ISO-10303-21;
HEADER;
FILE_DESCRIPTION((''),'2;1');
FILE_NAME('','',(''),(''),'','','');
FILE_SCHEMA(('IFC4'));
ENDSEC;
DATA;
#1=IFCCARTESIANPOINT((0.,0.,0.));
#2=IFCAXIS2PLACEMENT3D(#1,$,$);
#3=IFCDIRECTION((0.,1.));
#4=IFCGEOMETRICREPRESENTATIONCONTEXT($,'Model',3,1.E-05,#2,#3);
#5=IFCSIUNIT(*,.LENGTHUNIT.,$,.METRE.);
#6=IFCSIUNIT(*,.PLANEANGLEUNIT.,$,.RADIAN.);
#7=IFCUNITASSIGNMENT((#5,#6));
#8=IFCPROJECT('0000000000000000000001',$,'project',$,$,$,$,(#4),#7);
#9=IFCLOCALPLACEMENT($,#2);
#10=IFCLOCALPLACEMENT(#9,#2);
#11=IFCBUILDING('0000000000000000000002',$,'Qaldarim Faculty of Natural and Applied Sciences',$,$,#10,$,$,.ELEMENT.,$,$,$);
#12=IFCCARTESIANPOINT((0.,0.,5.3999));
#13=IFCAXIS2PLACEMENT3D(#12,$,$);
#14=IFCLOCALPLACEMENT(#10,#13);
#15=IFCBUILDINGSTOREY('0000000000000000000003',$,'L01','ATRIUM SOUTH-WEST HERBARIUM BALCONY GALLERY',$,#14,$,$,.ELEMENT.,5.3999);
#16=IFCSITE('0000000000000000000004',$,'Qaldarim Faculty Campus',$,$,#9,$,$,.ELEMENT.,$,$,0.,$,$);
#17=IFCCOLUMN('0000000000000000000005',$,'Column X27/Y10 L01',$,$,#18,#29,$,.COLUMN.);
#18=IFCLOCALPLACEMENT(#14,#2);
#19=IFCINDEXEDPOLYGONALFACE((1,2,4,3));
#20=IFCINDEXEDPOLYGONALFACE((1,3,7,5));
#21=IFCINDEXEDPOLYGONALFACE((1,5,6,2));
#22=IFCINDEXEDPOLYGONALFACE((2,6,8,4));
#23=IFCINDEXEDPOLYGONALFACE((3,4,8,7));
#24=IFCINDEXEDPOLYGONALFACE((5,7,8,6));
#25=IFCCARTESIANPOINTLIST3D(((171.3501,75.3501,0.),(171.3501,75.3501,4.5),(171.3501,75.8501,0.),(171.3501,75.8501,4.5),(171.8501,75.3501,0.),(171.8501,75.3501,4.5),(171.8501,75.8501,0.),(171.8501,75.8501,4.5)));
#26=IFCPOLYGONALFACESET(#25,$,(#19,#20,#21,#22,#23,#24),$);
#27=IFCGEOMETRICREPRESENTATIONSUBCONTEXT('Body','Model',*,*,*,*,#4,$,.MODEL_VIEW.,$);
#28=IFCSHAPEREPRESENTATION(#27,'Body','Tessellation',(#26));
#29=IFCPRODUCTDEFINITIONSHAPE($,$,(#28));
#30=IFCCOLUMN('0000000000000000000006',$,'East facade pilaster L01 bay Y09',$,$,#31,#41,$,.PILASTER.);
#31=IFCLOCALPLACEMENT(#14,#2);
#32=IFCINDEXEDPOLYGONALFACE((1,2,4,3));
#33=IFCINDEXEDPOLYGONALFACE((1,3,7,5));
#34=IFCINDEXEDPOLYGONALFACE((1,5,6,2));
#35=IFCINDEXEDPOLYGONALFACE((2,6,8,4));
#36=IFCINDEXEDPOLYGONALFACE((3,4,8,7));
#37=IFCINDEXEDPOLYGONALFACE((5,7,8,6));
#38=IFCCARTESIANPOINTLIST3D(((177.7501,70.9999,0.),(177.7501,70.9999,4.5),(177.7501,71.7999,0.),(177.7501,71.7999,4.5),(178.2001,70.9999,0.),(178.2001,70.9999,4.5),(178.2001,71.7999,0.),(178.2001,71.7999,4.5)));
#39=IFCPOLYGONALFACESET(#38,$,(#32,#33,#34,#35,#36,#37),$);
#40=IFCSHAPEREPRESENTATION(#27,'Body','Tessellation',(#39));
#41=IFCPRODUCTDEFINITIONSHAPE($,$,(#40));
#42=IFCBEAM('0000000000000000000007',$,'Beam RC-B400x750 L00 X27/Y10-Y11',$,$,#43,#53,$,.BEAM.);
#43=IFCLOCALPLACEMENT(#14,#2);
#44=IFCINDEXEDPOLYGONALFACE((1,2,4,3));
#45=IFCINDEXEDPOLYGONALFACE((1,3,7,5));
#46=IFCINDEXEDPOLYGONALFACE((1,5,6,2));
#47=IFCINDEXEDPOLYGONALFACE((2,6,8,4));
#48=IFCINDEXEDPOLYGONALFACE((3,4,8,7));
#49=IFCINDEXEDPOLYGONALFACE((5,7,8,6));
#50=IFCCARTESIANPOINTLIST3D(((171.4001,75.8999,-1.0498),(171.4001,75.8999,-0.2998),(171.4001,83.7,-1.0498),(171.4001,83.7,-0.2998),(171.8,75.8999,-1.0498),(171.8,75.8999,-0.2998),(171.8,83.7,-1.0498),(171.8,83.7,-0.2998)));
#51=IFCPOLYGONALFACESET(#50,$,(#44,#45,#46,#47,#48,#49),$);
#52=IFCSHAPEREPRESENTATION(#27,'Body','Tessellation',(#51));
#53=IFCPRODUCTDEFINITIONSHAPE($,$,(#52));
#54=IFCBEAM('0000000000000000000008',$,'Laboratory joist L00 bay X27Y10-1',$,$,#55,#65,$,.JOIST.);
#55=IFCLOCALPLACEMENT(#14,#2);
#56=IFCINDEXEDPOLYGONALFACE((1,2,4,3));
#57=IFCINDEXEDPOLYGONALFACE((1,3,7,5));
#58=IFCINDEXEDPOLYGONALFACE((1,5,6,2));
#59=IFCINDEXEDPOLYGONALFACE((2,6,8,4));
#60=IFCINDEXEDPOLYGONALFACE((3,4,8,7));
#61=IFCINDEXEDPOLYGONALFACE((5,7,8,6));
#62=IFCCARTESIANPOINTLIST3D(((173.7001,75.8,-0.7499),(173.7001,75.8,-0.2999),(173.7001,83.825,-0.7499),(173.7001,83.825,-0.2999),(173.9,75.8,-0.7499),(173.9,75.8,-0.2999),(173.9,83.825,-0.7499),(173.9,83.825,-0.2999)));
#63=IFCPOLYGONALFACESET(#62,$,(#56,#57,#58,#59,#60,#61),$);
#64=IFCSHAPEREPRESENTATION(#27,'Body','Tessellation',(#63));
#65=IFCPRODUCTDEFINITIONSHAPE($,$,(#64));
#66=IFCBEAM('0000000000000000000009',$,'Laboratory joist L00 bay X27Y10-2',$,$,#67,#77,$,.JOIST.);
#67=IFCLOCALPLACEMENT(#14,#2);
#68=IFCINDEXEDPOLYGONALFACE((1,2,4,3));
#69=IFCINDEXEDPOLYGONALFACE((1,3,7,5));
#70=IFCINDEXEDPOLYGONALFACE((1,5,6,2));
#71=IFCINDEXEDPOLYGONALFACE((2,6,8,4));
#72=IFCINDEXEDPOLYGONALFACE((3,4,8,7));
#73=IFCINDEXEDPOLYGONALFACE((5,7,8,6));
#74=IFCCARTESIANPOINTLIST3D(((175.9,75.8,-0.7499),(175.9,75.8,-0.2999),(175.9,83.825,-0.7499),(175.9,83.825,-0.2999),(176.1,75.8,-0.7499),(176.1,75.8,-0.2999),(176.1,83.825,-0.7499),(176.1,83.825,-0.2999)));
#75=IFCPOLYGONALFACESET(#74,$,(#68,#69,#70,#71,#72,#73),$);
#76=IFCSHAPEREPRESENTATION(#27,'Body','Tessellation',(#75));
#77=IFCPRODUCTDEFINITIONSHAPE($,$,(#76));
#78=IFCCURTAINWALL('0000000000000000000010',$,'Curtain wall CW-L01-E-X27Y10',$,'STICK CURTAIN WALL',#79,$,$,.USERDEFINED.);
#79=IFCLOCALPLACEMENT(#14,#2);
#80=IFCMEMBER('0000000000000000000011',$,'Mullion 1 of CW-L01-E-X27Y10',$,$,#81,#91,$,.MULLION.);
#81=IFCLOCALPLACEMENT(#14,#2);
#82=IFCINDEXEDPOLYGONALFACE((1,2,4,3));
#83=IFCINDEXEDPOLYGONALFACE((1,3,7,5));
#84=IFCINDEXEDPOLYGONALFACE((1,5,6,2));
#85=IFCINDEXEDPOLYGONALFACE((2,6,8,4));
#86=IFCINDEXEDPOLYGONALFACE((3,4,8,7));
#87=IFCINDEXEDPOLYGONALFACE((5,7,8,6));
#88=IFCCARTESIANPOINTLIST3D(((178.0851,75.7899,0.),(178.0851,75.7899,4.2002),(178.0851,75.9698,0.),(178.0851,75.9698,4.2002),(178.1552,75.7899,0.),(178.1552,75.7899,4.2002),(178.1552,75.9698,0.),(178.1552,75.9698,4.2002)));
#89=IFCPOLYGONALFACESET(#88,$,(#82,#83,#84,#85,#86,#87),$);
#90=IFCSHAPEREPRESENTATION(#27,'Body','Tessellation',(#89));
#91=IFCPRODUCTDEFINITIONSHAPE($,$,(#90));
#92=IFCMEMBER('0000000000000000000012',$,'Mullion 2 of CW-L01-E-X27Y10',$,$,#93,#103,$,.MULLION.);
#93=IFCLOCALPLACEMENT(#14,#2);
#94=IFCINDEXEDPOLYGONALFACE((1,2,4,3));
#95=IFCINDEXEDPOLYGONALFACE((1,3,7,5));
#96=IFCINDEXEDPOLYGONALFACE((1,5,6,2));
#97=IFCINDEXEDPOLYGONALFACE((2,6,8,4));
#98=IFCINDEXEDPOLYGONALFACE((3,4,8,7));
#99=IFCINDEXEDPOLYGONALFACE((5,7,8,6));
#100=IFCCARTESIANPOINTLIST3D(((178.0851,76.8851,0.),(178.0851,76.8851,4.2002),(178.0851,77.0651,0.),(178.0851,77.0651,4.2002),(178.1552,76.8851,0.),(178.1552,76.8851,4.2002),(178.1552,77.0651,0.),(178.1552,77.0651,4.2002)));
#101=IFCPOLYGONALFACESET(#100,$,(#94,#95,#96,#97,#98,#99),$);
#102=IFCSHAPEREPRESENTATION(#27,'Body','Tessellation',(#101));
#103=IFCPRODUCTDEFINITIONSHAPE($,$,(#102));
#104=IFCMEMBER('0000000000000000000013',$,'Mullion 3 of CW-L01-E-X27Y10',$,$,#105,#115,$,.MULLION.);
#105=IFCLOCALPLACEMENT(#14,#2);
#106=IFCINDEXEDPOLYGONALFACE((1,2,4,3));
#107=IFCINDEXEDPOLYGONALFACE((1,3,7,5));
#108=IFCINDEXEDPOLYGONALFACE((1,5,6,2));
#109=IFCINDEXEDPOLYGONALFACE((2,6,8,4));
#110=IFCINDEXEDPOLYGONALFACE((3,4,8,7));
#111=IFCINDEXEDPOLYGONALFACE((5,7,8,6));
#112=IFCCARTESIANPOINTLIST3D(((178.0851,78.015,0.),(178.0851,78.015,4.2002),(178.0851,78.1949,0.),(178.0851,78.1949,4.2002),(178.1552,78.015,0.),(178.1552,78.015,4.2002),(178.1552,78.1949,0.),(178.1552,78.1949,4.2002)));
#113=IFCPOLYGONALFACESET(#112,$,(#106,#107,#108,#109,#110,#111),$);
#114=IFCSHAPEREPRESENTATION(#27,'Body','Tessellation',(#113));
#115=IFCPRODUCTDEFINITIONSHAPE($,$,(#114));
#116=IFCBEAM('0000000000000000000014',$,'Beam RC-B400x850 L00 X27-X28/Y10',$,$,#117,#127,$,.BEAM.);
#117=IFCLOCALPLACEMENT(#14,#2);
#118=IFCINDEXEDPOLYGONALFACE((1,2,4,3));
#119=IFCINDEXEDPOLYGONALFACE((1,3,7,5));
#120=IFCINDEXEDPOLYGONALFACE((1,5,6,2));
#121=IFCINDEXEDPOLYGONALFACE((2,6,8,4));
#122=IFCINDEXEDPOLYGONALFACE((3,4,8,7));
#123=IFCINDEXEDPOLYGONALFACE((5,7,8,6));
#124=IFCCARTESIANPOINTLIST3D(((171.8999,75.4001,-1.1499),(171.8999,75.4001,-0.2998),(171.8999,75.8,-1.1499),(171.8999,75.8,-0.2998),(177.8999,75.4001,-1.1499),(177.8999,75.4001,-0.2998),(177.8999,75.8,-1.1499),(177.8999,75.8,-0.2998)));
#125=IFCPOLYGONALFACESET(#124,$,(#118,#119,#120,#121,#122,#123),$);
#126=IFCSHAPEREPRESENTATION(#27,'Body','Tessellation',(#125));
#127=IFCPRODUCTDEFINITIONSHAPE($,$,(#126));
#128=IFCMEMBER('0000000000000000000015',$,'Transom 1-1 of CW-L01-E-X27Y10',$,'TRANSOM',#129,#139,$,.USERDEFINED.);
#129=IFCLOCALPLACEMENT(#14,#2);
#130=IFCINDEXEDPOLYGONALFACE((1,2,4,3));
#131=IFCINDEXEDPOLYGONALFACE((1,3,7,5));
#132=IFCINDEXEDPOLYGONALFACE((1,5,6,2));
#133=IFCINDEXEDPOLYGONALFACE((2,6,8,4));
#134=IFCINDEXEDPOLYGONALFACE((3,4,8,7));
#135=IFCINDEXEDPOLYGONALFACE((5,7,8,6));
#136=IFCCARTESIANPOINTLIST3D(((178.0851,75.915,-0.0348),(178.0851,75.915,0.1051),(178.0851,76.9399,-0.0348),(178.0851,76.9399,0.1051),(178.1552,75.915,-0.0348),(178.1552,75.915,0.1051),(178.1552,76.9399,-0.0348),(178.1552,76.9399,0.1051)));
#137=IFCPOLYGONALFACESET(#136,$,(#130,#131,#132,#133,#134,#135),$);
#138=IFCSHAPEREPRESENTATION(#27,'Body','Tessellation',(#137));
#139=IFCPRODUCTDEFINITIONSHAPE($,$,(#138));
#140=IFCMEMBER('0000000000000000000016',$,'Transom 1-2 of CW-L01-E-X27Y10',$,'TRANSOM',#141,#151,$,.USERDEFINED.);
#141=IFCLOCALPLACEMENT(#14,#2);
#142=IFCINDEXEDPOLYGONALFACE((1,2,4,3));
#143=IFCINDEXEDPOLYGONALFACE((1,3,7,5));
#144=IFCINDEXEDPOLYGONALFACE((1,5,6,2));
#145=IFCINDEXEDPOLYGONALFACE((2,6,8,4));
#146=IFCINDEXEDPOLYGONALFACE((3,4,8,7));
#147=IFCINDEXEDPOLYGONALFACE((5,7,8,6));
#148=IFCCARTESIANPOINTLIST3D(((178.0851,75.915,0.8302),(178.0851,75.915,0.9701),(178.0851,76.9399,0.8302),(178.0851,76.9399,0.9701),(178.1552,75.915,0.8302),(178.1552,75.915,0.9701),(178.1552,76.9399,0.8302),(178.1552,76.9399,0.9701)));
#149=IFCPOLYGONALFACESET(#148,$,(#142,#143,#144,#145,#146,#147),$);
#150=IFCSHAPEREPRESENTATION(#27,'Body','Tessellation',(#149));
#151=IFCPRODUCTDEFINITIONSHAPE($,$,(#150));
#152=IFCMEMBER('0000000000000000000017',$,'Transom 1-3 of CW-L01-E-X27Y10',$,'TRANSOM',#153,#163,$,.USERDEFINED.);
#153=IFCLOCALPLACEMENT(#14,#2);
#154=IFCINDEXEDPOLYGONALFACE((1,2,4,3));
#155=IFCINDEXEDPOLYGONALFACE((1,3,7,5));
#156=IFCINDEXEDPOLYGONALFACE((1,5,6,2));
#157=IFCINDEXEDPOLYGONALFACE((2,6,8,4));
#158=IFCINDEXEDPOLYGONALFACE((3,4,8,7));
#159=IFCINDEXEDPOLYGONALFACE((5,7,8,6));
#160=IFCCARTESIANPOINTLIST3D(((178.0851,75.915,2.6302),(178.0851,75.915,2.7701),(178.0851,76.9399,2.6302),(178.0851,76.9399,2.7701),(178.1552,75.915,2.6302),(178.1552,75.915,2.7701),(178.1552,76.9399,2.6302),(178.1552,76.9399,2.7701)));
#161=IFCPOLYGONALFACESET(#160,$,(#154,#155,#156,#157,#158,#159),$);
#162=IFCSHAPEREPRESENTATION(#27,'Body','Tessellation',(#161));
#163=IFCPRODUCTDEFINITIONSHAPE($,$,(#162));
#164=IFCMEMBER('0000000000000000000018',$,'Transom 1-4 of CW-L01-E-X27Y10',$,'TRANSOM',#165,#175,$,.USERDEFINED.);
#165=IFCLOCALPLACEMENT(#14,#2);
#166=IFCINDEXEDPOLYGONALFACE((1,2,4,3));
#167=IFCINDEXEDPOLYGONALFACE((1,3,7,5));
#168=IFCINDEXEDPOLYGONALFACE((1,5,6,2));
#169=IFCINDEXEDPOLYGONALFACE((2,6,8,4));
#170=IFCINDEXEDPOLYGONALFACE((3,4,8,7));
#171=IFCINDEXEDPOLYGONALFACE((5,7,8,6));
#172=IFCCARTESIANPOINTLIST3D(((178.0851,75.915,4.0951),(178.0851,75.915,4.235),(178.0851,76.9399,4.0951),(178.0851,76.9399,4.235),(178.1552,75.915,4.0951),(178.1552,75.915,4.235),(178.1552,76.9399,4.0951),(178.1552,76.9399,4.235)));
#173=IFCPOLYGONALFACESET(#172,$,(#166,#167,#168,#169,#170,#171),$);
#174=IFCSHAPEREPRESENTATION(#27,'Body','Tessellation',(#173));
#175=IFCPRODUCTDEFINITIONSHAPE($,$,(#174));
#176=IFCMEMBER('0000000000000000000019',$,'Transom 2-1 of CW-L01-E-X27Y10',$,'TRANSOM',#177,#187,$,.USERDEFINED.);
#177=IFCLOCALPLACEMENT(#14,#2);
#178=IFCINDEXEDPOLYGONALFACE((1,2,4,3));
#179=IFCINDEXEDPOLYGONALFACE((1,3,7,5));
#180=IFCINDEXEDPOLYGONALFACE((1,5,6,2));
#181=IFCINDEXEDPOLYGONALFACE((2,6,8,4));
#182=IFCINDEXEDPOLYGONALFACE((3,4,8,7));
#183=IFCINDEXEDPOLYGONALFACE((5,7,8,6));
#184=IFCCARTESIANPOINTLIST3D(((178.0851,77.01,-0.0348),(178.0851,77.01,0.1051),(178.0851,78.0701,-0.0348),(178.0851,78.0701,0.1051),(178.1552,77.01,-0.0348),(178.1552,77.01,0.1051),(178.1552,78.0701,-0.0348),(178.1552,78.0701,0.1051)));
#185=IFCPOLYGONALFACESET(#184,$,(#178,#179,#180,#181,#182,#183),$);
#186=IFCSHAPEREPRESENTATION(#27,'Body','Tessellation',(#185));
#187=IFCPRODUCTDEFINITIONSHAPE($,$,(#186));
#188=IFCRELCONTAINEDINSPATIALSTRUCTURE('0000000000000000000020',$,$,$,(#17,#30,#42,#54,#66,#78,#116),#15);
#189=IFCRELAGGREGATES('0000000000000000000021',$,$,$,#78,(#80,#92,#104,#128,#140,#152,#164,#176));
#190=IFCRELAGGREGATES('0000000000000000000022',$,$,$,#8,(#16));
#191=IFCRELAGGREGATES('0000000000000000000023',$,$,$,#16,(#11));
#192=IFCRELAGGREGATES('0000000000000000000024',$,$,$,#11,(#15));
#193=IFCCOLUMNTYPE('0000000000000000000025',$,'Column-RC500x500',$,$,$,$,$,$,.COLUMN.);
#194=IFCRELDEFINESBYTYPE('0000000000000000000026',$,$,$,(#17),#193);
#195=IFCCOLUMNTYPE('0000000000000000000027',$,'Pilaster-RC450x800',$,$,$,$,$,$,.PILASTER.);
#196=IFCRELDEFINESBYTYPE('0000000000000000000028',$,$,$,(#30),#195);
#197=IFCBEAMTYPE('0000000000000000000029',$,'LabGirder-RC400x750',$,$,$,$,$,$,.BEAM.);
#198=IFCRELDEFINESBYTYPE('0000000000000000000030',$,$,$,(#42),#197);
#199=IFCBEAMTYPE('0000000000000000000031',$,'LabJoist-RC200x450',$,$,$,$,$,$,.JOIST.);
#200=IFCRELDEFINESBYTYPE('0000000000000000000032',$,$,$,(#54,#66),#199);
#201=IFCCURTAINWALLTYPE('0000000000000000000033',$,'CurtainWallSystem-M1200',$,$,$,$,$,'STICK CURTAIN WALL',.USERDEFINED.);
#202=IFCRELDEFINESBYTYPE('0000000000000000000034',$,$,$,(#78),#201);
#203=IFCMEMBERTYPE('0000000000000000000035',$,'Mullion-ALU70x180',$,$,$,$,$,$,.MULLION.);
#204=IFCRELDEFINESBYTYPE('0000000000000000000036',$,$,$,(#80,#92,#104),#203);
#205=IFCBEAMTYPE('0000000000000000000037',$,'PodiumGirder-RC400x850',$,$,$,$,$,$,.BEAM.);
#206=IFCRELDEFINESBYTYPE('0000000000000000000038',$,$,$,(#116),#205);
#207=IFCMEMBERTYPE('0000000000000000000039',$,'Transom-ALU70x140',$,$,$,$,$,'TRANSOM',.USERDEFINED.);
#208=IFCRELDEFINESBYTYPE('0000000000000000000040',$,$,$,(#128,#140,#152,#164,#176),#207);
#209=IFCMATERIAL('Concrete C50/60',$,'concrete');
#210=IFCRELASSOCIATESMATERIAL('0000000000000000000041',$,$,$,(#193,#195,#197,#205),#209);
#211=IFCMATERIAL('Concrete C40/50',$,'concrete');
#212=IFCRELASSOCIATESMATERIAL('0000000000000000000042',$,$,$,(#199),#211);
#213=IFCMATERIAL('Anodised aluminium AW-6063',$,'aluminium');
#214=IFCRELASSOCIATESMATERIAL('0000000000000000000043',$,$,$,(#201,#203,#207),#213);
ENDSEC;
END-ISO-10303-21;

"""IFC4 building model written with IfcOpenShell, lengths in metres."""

from ifc_helpers import new_model, si_unit, direction, frame, origin, origin_2d, place, context, subcontext, project, spatial, rectangle, extrude, material, material_profile, profile_set, type_object, element, aggregate, save


model = new_model("IFC4")

# Units and contexts
model_context = context("Model", 3, precision=1e-05, world=origin(), true_north=direction((0.0, 1.0)))
body_context = subcontext(model_context, "Body", "Model", "MODEL_VIEW")
ifc_project = project(units=[si_unit("LENGTHUNIT", "METRE"), si_unit("PLANEANGLEUNIT", "RADIAN")], contexts=[model_context])

# Site, building, storey
site_placement = place(None, origin())
site = spatial("IfcSite", under=ifc_project, at=site_placement, Name="Qaldarim Faculty Campus", CompositionType="ELEMENT", RefElevation=0.0)
building_placement = place(site_placement, origin())
building = spatial("IfcBuilding", under=site, at=building_placement, Name="Qaldarim Faculty of Natural and Applied Sciences", CompositionType="ELEMENT")
storey_placement = place(building_placement, frame((0.0, 0.0, 5.3999)))
storey = spatial("IfcBuildingStorey", under=building, at=storey_placement, Name="L01", Description="ATRIUM SOUTH-WEST HERBARIUM BALCONY GALLERY", CompositionType="ELEMENT", Elevation=5.3999)

# Columns
ifc_material_1 = material(Name="Concrete C50/60", Category="concrete")
ifc_material_profile_1 = material_profile(ifc_material_1, rectangle(XDim=0.5, YDim=0.5, at=origin_2d()), Name="RC-C500x500")
ifc_profile_set_1 = profile_set([ifc_material_profile_1], Name="Concrete C50/60")
column_type_1 = type_object("IfcColumnType", Name="Column-RC500x500", PredefinedType="COLUMN", material=ifc_profile_set_1)
column_1_placement = place(storey_placement, frame((171.6001, 75.6001, 0.0), z_axis=(0.0, 0.0, 1.0), x_axis=(1.0, 0.0, 0.0)))
element("IfcColumn", 1, at=column_1_placement, inside=storey, type_object=column_type_1, Name="Column X27/Y10 L01", PredefinedType="COLUMN", context=body_context, shape_type="SweptSolid", body=[
    extrude(rectangle(XDim=0.5, YDim=0.5, at=origin_2d()), origin(), (0.0, 0.0, 1.0), 4.5),
])
ifc_material_profile_2 = material_profile(ifc_material_1, rectangle(XDim=0.45, YDim=0.8, at=origin_2d()), Name="RC-C450x800")
ifc_profile_set_2 = profile_set([ifc_material_profile_2], Name="Concrete C50/60")
column_type_2 = type_object("IfcColumnType", Name="Pilaster-RC450x800", PredefinedType="PILASTER", material=ifc_profile_set_2)
column_2_placement = place(storey_placement, frame((177.9751, 71.3999, 0.0), z_axis=(0.0, 0.0, 1.0), x_axis=(1.0, 0.0, 0.0)))
element("IfcColumn", 2, at=column_2_placement, inside=storey, type_object=column_type_2, Name="East facade pilaster L01 bay Y09", PredefinedType="PILASTER", context=body_context, shape_type="SweptSolid", body=[
    extrude(rectangle(XDim=0.45, YDim=0.8, at=origin_2d()), origin(), (0.0, 0.0, 1.0), 4.5),
])

# Beams
ifc_material_profile_3 = material_profile(ifc_material_1, rectangle(XDim=0.3999, YDim=0.75, at=origin_2d()), Name="RC-B400x750")
ifc_profile_set_3 = profile_set([ifc_material_profile_3], Name="Concrete C50/60")
beam_type_1 = type_object("IfcBeamType", Name="LabGirder-RC400x750", PredefinedType="BEAM", material=ifc_profile_set_3)
beam_1_placement = place(storey_placement, frame((171.6001, 75.8999, -0.6748), z_axis=(0.0, 1.0, 0.0), x_axis=(-1.0, 0.0, 0.0)))
element("IfcBeam", 3, at=beam_1_placement, inside=storey, type_object=beam_type_1, Name="Beam RC-B400x750 L00 X27/Y10-Y11", PredefinedType="BEAM", context=body_context, shape_type="SweptSolid", body=[
    extrude(rectangle(XDim=0.3999, YDim=0.75, at=origin_2d()), origin(), (0.0, 0.0, 1.0), 7.8),
])
ifc_material_2 = material(Name="Concrete C40/50", Category="concrete")
ifc_material_profile_4 = material_profile(ifc_material_2, rectangle(XDim=0.2, YDim=0.45, at=origin_2d()), Name="RC-J200x450")
ifc_profile_set_4 = profile_set([ifc_material_profile_4], Name="Concrete C40/50")
beam_type_2 = type_object("IfcBeamType", Name="LabJoist-RC200x450", PredefinedType="JOIST", material=ifc_profile_set_4)
for number, where, z_axis, x_axis, name in (
    (4, (173.8, 75.8, -0.5249), (0.0, 1.0, 0.0), (-1.0, 0.0, 0.0), "Laboratory joist L00 bay X27Y10-1"),
    (5, (176.0, 75.8, -0.5249), (0.0, 1.0, 0.0), (-1.0, 0.0, 0.0), "Laboratory joist L00 bay X27Y10-2"),
):
    element("IfcBeam", number, at=place(storey_placement, frame(where, z_axis=z_axis, x_axis=x_axis)), inside=storey, type_object=beam_type_2, Name=name, PredefinedType="JOIST", context=body_context, shape_type="SweptSolid", body=[
        extrude(rectangle(XDim=0.2, YDim=0.45, at=origin_2d()), origin(), (0.0, 0.0, 1.0), 8.0249),
    ])

# Curtain wall, members
ifc_material_3 = material(Name="Anodised aluminium AW-6063", Category="aluminium")
curtain_wall_type = type_object("IfcCurtainWallType", Name="CurtainWallSystem-M1200", ElementType="STICK CURTAIN WALL", PredefinedType="USERDEFINED", material=ifc_material_3)
curtain_wall_placement = place(storey_placement, origin())
curtain_wall = element("IfcCurtainWall", 6, at=curtain_wall_placement, inside=storey, type_object=curtain_wall_type, Name="Curtain wall CW-L01-E-X27Y10", ObjectType="STICK CURTAIN WALL", PredefinedType="USERDEFINED")
ifc_material_profile_5 = material_profile(ifc_material_3, rectangle(XDim=0.0701, YDim=0.1799, at=origin_2d()), Name="ALU-M70x180")
ifc_profile_set_5 = profile_set([ifc_material_profile_5], Name="Anodised aluminium AW-6063")
member_type_1 = type_object("IfcMemberType", Name="Mullion-ALU70x180", PredefinedType="MULLION", material=ifc_profile_set_5)
member_1_placement = place(storey_placement, frame((178.1201, 75.8799, 0.0), z_axis=(0.0, 0.0, 1.0), x_axis=(-1.0, 0.0, 0.0)))
member_1 = element("IfcMember", 7, at=member_1_placement, type_object=member_type_1, Name="Mullion 1 of CW-L01-E-X27Y10", PredefinedType="MULLION", context=body_context, shape_type="SweptSolid", body=[
    extrude(rectangle(XDim=0.0701, YDim=0.1799, at=origin_2d()), origin(), (0.0, 0.0, 1.0), 4.2002),
])
member_2_placement = place(storey_placement, frame((178.1201, 76.9751, 0.0), z_axis=(0.0, 0.0, 1.0), x_axis=(-1.0, 0.0, 0.0)))
member_2 = element("IfcMember", 8, at=member_2_placement, type_object=member_type_1, Name="Mullion 2 of CW-L01-E-X27Y10", PredefinedType="MULLION", context=body_context, shape_type="SweptSolid", body=[
    extrude(rectangle(XDim=0.0701, YDim=0.1799, at=origin_2d()), origin(), (0.0, 0.0, 1.0), 4.2002),
])
member_3_placement = place(storey_placement, frame((178.1201, 78.105, 0.0), z_axis=(0.0, 0.0, 1.0), x_axis=(-1.0, 0.0, 0.0)))
member_3 = element("IfcMember", 9, at=member_3_placement, type_object=member_type_1, Name="Mullion 3 of CW-L01-E-X27Y10", PredefinedType="MULLION", context=body_context, shape_type="SweptSolid", body=[
    extrude(rectangle(XDim=0.0701, YDim=0.1799, at=origin_2d()), origin(), (0.0, 0.0, 1.0), 4.2002),
])

# Beam
ifc_material_profile_6 = material_profile(ifc_material_1, rectangle(XDim=0.3999, YDim=0.8501, at=origin_2d()), Name="RC-B400x850")
ifc_profile_set_6 = profile_set([ifc_material_profile_6], Name="Concrete C50/60")
beam_type_3 = type_object("IfcBeamType", Name="PodiumGirder-RC400x850", PredefinedType="BEAM", material=ifc_profile_set_6)
beam_2_placement = place(storey_placement, frame((171.8999, 75.6001, -0.7249), z_axis=(1.0, 0.0, 0.0), x_axis=(0.0, 1.0, 0.0)))
element("IfcBeam", 10, at=beam_2_placement, inside=storey, type_object=beam_type_3, Name="Beam RC-B400x850 L00 X27-X28/Y10", PredefinedType="BEAM", context=body_context, shape_type="SweptSolid", body=[
    extrude(rectangle(XDim=0.3999, YDim=0.8501, at=origin_2d()), origin(), (0.0, 0.0, 1.0), 6.0),
])

# Members
ifc_material_profile_7 = material_profile(ifc_material_3, rectangle(XDim=0.0701, YDim=0.1399, at=origin_2d()), Name="ALU-T70x140")
ifc_profile_set_7 = profile_set([ifc_material_profile_7], Name="Anodised aluminium AW-6063")
member_type_2 = type_object("IfcMemberType", Name="Transom-ALU70x140", ElementType="TRANSOM", PredefinedType="USERDEFINED", material=ifc_profile_set_7)
member_4_placement = place(storey_placement, frame((178.1201, 75.915, 0.0352), z_axis=(0.0, 1.0, 0.0), x_axis=(-1.0, 0.0, 0.0)))
member_4 = element("IfcMember", 11, at=member_4_placement, type_object=member_type_2, Name="Transom 1-1 of CW-L01-E-X27Y10", ObjectType="TRANSOM", PredefinedType="USERDEFINED", context=body_context, shape_type="SweptSolid", body=[
    extrude(rectangle(XDim=0.0701, YDim=0.1399, at=origin_2d()), origin(), (0.0, 0.0, 1.0), 1.0249),
])
member_5_placement = place(storey_placement, frame((178.1201, 75.915, 0.9001), z_axis=(0.0, 1.0, 0.0), x_axis=(-1.0, 0.0, 0.0)))
member_5 = element("IfcMember", 12, at=member_5_placement, type_object=member_type_2, Name="Transom 1-2 of CW-L01-E-X27Y10", ObjectType="TRANSOM", PredefinedType="USERDEFINED", context=body_context, shape_type="SweptSolid", body=[
    extrude(rectangle(XDim=0.0701, YDim=0.1399, at=origin_2d()), origin(), (0.0, 0.0, 1.0), 1.0249),
])
member_6_placement = place(storey_placement, frame((178.1201, 75.915, 2.7002), z_axis=(0.0, 1.0, 0.0), x_axis=(-1.0, 0.0, 0.0)))
member_6 = element("IfcMember", 13, at=member_6_placement, type_object=member_type_2, Name="Transom 1-3 of CW-L01-E-X27Y10", ObjectType="TRANSOM", PredefinedType="USERDEFINED", context=body_context, shape_type="SweptSolid", body=[
    extrude(rectangle(XDim=0.0701, YDim=0.1399, at=origin_2d()), origin(), (0.0, 0.0, 1.0), 1.0249),
])
member_7_placement = place(storey_placement, frame((178.1201, 75.915, 4.165), z_axis=(0.0, 1.0, 0.0), x_axis=(-1.0, 0.0, 0.0)))
member_7 = element("IfcMember", 14, at=member_7_placement, type_object=member_type_2, Name="Transom 1-4 of CW-L01-E-X27Y10", ObjectType="TRANSOM", PredefinedType="USERDEFINED", context=body_context, shape_type="SweptSolid", body=[
    extrude(rectangle(XDim=0.0701, YDim=0.1399, at=origin_2d()), origin(), (0.0, 0.0, 1.0), 1.0249),
])
member_8_placement = place(storey_placement, frame((178.1201, 77.01, 0.0352), z_axis=(0.0, 1.0, 0.0), x_axis=(-1.0, 0.0, 0.0)))
member_8 = element("IfcMember", 15, at=member_8_placement, type_object=member_type_2, Name="Transom 2-1 of CW-L01-E-X27Y10", ObjectType="TRANSOM", PredefinedType="USERDEFINED", context=body_context, shape_type="SweptSolid", body=[
    extrude(rectangle(XDim=0.0701, YDim=0.1399, at=origin_2d()), origin(), (0.0, 0.0, 1.0), 1.0601),
])

aggregate(curtain_wall, [member_1, member_2, member_3, member_4, member_5, member_6, member_7, member_8])

save(model, "model.ifc")
